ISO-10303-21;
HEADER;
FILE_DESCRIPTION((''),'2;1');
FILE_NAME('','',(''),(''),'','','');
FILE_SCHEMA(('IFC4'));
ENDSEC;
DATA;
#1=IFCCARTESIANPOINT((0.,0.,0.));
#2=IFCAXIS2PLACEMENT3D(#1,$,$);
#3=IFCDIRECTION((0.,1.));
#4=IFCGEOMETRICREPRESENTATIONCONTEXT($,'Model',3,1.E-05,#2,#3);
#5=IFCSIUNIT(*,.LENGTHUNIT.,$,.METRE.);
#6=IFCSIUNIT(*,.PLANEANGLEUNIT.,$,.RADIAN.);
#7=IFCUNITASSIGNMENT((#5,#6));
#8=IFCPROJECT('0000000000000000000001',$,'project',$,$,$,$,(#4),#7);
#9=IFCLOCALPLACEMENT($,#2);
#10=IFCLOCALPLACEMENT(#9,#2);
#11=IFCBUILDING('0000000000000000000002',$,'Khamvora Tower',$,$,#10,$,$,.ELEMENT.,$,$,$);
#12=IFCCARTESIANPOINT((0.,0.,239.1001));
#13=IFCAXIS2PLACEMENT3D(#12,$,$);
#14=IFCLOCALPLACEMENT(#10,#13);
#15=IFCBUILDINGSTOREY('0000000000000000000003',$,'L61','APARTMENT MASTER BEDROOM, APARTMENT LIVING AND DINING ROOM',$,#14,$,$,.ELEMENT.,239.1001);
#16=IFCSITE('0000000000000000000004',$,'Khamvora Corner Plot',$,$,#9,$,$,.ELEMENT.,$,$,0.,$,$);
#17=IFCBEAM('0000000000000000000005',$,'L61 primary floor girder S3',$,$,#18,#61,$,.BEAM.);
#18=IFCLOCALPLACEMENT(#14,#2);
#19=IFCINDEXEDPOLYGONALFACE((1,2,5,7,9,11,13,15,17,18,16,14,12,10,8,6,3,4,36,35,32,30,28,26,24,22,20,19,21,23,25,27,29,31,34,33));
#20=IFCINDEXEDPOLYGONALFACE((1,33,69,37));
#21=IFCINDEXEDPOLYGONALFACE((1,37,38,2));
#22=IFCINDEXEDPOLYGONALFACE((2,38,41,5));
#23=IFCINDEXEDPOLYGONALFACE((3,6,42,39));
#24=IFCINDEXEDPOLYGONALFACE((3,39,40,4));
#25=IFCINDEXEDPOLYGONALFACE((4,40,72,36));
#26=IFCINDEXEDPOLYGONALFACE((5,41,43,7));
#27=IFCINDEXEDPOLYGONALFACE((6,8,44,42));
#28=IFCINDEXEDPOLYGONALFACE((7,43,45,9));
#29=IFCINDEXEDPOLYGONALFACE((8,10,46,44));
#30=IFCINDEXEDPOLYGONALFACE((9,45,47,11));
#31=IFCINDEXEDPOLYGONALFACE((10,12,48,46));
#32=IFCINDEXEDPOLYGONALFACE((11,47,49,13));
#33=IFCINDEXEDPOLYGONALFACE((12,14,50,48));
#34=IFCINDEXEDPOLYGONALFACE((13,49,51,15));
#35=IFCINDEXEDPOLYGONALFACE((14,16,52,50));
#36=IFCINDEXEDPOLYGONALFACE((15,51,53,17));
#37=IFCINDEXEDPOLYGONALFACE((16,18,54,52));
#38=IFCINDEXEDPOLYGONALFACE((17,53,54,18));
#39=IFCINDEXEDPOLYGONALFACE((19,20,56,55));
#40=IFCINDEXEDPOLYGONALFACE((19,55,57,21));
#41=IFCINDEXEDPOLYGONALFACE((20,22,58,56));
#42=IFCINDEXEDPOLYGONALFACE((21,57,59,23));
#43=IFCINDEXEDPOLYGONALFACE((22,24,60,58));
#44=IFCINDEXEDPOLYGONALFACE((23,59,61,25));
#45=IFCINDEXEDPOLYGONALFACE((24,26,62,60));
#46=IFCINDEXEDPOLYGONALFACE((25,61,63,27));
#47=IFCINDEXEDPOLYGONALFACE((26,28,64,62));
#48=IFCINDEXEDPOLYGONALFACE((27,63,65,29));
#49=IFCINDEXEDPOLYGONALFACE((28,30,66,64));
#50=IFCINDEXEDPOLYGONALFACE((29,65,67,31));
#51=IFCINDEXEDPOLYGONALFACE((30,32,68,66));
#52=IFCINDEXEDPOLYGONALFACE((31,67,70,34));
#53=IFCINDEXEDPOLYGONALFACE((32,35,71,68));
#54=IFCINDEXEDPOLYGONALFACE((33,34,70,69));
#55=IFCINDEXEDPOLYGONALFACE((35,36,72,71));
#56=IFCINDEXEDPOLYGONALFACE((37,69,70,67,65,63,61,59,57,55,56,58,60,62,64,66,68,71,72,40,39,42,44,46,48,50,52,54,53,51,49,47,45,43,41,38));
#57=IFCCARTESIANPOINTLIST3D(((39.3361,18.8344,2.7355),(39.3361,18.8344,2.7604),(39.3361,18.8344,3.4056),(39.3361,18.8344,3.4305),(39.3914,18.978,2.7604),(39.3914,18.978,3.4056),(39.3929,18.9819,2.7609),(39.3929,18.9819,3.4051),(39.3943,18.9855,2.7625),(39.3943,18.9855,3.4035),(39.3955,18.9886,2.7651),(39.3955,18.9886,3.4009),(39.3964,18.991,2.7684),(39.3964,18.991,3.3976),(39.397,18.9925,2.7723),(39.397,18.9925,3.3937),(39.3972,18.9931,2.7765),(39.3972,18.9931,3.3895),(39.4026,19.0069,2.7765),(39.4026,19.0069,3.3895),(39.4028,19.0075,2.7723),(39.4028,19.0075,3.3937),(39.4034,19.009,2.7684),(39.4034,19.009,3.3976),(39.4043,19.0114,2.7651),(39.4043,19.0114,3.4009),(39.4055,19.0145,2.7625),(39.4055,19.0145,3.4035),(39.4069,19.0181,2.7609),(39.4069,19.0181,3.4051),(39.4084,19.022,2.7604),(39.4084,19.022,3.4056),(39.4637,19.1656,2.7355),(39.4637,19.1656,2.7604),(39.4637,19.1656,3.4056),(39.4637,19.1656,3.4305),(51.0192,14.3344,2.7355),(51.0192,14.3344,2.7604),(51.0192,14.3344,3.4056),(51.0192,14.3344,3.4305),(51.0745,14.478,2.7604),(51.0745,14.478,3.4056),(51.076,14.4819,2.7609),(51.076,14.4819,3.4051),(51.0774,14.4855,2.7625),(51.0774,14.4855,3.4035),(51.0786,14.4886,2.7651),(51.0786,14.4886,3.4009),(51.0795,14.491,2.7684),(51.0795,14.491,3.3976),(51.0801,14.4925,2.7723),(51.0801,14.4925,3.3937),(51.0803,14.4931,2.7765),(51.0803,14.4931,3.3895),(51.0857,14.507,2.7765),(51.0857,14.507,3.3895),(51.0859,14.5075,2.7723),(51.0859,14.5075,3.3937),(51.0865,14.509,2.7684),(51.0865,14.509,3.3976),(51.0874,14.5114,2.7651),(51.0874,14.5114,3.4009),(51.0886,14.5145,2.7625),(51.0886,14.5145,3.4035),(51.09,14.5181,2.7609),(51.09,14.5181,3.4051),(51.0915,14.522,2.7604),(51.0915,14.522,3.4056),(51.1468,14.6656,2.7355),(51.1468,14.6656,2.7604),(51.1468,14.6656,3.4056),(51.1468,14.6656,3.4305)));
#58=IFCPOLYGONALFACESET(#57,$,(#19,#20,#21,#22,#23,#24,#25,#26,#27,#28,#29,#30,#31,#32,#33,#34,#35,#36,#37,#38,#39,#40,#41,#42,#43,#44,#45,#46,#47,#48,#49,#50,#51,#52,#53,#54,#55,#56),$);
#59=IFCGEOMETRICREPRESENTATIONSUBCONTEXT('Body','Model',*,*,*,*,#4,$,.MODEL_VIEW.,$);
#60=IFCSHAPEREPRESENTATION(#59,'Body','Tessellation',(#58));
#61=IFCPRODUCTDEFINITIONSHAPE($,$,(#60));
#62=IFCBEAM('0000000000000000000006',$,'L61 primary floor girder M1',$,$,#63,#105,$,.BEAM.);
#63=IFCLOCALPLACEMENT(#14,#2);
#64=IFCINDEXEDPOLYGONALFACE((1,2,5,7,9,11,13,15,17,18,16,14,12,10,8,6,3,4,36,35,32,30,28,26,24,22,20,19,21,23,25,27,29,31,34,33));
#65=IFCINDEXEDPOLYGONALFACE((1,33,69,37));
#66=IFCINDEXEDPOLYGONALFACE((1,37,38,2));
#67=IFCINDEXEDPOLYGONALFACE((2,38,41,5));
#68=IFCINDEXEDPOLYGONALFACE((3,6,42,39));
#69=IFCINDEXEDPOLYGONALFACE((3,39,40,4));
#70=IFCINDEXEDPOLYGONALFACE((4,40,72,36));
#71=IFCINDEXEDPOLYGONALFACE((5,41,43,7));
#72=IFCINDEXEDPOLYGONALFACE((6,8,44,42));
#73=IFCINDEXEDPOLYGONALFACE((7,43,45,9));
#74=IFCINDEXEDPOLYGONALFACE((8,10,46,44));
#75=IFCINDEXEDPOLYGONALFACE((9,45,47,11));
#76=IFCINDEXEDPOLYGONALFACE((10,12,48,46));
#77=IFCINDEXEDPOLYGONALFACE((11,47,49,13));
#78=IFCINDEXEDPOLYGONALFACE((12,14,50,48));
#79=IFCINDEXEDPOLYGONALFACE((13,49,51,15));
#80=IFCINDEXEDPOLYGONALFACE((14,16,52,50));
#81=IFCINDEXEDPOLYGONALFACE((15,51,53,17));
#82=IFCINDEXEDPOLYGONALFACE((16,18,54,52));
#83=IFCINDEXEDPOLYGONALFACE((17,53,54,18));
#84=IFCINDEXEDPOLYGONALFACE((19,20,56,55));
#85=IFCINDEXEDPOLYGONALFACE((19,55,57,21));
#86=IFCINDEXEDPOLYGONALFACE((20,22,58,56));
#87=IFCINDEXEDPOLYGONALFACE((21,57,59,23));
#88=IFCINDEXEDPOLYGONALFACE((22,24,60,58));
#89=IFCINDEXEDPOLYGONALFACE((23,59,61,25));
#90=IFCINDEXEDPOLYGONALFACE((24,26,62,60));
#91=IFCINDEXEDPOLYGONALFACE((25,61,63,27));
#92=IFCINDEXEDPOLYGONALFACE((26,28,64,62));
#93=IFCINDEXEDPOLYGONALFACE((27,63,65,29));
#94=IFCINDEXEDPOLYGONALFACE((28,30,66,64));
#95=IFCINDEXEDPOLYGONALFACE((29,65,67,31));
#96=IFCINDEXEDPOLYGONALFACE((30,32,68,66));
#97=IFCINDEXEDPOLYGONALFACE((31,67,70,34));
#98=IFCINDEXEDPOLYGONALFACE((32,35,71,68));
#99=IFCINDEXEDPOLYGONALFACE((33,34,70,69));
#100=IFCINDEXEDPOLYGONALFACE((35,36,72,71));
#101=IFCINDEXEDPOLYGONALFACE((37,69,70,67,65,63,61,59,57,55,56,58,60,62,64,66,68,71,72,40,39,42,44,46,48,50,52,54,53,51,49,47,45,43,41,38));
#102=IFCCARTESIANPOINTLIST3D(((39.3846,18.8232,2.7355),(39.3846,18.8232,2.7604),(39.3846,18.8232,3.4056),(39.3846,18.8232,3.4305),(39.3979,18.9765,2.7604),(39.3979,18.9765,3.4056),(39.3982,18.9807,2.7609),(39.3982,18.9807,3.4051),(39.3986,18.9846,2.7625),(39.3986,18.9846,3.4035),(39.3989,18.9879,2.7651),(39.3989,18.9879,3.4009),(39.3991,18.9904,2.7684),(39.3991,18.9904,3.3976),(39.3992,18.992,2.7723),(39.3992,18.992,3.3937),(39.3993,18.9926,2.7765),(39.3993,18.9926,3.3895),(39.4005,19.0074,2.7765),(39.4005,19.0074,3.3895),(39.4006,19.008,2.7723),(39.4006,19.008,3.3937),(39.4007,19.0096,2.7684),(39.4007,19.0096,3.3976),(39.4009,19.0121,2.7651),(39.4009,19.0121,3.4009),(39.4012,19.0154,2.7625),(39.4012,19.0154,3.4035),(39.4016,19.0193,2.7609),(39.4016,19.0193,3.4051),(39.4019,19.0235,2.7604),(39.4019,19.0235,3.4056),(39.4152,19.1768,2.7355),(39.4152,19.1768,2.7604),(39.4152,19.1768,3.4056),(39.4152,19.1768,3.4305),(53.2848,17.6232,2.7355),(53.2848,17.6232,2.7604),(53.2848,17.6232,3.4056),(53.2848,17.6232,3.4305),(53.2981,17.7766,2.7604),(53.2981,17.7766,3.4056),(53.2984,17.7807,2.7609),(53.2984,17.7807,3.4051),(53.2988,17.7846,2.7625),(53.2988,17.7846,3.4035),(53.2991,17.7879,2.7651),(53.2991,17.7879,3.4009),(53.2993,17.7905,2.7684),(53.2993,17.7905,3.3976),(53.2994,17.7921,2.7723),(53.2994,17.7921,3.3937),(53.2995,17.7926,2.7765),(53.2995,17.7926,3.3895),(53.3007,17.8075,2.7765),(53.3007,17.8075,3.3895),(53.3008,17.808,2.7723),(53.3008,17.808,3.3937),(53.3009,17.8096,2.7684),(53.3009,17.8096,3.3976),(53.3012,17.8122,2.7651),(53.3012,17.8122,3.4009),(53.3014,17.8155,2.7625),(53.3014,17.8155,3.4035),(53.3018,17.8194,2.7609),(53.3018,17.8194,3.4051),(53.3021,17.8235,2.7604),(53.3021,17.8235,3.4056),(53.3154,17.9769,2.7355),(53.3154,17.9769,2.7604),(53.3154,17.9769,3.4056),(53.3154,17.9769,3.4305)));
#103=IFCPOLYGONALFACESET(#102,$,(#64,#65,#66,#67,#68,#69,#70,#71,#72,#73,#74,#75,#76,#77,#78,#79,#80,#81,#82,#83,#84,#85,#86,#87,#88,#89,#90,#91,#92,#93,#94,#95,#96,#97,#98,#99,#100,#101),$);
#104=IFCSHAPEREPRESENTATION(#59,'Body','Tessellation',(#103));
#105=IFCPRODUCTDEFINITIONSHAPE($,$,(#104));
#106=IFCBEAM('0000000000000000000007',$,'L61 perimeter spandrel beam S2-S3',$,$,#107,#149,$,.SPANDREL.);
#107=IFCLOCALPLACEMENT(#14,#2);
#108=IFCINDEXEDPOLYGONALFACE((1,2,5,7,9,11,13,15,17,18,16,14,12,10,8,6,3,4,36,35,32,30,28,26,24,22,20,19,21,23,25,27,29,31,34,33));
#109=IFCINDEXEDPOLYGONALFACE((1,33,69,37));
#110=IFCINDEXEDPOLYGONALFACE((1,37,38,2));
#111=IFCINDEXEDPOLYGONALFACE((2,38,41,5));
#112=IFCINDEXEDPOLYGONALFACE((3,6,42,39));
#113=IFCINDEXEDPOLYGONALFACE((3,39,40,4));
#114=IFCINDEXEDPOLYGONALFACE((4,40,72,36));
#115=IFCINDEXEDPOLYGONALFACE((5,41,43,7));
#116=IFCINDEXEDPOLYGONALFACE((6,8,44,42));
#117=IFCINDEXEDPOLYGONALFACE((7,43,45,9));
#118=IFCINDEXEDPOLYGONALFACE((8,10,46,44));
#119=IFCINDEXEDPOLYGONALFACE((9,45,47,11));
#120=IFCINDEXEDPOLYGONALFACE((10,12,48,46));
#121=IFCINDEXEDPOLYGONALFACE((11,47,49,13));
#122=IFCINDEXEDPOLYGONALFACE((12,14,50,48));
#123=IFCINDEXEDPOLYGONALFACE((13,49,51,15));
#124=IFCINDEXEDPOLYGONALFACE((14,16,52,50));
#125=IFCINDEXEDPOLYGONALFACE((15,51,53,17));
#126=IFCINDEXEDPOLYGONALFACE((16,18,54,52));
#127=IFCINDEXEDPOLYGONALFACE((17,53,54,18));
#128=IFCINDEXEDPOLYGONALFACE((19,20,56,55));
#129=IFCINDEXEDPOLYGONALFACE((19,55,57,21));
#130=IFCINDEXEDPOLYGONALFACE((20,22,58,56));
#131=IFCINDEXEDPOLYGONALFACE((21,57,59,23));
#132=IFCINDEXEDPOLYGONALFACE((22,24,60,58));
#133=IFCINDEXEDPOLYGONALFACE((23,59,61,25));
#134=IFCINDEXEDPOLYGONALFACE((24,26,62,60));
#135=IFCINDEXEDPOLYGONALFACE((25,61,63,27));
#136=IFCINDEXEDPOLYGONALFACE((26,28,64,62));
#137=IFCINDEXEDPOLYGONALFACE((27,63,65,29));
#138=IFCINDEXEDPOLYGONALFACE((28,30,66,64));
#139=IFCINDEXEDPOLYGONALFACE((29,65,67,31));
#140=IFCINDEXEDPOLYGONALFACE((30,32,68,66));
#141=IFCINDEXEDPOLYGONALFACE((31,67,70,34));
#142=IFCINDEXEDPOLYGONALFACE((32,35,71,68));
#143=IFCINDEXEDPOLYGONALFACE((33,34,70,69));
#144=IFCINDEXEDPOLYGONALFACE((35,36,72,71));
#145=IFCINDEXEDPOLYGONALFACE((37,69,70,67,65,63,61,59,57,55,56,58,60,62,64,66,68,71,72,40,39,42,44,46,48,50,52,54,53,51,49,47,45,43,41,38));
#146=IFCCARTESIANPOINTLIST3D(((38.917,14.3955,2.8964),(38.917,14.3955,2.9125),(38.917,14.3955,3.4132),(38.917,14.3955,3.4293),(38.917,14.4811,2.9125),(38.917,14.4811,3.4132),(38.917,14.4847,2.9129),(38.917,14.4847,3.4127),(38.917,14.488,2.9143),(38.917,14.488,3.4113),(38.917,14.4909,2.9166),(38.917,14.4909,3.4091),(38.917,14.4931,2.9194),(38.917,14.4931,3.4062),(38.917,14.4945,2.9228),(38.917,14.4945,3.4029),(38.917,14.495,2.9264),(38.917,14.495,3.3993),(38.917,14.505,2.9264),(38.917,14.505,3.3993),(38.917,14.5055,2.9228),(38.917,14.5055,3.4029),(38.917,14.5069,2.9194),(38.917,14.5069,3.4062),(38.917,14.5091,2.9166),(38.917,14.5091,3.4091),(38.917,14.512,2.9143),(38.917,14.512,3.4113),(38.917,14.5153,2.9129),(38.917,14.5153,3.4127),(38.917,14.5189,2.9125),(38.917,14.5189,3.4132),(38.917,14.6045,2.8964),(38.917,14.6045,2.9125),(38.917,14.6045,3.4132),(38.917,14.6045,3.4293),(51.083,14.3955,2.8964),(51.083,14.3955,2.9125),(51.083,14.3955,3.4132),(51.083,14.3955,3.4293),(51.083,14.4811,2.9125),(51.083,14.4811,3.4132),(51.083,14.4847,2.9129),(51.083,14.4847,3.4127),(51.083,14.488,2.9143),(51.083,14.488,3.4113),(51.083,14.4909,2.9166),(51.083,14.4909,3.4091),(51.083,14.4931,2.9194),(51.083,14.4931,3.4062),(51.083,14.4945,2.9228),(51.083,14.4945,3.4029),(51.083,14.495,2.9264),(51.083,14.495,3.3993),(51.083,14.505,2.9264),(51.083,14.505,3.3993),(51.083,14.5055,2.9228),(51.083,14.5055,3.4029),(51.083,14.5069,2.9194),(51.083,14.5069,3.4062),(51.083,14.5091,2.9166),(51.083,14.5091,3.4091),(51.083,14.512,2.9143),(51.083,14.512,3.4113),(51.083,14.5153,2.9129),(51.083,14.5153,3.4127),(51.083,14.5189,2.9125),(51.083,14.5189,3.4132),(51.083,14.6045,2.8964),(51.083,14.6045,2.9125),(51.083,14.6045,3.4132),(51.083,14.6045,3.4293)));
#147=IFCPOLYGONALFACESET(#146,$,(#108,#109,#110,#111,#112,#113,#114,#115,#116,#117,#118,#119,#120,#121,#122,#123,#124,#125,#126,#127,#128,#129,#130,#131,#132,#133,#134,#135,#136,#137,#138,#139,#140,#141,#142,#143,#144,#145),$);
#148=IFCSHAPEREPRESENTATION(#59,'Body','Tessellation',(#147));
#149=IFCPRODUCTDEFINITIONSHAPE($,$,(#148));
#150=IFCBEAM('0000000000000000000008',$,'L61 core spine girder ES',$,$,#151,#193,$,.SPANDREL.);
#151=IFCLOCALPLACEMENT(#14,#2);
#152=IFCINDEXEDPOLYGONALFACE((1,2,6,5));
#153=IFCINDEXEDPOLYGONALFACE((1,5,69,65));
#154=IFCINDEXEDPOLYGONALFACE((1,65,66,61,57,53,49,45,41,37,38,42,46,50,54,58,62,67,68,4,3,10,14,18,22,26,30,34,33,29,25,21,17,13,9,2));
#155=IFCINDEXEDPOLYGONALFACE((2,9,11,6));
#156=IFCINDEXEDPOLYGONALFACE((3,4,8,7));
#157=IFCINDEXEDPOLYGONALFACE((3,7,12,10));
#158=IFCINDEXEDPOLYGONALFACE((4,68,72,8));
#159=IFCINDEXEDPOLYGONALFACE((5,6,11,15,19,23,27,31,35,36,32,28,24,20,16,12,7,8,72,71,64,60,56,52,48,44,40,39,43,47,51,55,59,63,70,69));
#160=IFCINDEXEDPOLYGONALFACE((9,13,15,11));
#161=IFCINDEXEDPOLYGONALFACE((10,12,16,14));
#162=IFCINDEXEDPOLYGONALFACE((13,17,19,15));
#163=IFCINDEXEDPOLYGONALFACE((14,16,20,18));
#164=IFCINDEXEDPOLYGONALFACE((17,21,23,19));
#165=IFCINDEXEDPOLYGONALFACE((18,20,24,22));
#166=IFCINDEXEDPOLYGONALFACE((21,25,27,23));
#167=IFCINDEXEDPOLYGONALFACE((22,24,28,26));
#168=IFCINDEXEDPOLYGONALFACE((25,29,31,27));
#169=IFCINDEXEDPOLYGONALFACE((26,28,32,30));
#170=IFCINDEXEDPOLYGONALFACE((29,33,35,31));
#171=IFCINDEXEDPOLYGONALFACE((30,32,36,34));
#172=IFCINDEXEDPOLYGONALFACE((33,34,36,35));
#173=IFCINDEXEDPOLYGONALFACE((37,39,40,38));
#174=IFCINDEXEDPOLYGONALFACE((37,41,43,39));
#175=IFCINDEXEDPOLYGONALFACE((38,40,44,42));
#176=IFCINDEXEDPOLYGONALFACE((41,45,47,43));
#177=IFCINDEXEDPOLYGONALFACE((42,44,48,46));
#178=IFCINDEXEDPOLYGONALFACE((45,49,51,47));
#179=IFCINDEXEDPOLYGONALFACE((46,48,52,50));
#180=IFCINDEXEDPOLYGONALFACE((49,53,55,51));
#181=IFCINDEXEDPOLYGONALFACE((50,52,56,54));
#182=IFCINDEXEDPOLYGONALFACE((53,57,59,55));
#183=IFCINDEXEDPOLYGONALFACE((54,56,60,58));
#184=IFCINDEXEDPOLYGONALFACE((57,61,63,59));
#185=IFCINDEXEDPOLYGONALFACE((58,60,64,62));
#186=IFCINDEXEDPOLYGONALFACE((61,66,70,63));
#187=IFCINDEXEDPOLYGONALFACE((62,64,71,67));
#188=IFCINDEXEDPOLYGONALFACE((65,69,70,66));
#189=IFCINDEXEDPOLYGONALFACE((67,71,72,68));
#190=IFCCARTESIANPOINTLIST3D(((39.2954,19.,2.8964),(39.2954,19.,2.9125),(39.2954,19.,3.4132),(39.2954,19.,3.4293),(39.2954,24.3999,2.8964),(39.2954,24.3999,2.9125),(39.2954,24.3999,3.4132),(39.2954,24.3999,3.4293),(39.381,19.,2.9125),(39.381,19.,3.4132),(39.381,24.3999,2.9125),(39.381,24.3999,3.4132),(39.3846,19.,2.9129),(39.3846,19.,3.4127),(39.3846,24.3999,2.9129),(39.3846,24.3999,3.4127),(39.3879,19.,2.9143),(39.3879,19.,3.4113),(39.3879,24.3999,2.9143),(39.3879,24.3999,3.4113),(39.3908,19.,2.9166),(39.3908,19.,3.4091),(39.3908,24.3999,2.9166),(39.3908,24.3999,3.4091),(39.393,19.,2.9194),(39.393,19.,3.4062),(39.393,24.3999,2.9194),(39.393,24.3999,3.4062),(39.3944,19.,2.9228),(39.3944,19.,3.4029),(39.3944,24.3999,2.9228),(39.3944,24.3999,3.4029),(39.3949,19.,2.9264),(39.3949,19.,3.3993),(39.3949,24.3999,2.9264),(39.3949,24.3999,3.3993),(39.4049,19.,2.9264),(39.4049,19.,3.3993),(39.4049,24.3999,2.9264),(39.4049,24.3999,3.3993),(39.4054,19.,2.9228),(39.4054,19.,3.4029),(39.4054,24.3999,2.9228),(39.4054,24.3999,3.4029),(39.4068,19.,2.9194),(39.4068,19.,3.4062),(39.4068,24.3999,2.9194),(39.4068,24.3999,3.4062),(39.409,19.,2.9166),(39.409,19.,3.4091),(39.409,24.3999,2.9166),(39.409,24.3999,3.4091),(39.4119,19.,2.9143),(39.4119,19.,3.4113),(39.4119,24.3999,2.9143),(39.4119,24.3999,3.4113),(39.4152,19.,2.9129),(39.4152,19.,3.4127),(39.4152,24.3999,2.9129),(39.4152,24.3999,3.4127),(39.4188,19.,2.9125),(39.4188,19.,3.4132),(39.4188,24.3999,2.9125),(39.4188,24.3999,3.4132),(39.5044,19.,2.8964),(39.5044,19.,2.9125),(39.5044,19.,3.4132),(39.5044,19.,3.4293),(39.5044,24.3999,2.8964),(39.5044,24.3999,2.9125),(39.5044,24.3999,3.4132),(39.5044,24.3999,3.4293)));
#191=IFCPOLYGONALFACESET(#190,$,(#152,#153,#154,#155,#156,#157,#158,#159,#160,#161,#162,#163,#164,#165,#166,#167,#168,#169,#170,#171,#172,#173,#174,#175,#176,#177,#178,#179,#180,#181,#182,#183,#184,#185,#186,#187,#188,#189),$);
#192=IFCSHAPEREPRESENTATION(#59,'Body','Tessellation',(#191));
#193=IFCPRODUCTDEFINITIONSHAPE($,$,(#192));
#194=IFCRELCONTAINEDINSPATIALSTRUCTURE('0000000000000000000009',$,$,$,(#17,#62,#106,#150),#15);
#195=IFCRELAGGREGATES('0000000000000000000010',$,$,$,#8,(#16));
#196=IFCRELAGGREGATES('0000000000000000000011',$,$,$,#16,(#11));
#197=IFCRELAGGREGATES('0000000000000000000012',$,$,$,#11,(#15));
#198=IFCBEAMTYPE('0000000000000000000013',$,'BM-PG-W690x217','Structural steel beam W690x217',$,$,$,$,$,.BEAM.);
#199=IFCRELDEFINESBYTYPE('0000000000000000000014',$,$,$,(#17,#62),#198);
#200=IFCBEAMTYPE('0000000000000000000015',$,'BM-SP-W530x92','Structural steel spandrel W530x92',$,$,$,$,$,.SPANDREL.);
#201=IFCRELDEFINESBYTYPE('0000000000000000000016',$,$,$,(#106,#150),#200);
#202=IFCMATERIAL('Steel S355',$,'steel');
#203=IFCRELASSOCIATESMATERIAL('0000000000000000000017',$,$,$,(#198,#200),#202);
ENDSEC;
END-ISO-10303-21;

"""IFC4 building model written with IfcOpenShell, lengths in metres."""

from ifc_helpers import new_model, si_unit, direction, frame, origin, origin_2d, place, context, subcontext, project, spatial, i_section, extrude, material, material_profile, profile_set, type_object, element, save


model = new_model("IFC4")

# Units and contexts
model_context = context("Model", 3, precision=1e-05, world=origin(), true_north=direction((0.0, 1.0)))
body_context = subcontext(model_context, "Body", "Model", "MODEL_VIEW")
ifc_project = project(units=[si_unit("LENGTHUNIT", "METRE"), si_unit("PLANEANGLEUNIT", "RADIAN")], contexts=[model_context])

# Site, building, storey
site_placement = place(None, origin())
site = spatial("IfcSite", under=ifc_project, at=site_placement, Name="Khamvora Corner Plot", CompositionType="ELEMENT", RefElevation=0.0)
building_placement = place(site_placement, origin())
building = spatial("IfcBuilding", under=site, at=building_placement, Name="Khamvora Tower", CompositionType="ELEMENT")
storey_placement = place(building_placement, frame((0.0, 0.0, 239.1001)))
storey = spatial("IfcBuildingStorey", under=building, at=storey_placement, Name="L61", Description="APARTMENT MASTER BEDROOM, APARTMENT LIVING AND DINING ROOM", CompositionType="ELEMENT", Elevation=239.1001)

# Shared definitions
ifc_material_1 = material(Name="Steel S355", Category="steel")

# Beams
ifc_material_profile_1 = material_profile(ifc_material_1, i_section(OverallWidth=0.355, OverallDepth=0.6951, WebThickness=0.0149, FlangeThickness=0.0249, FilletRadius=0.0161, at=origin_2d()), Name="W690x217")
ifc_profile_set_1 = profile_set([ifc_material_profile_1], Name="Steel S355")
beam_type_1 = type_object("IfcBeamType", Name="BM-PG-W690x217", Description="Structural steel beam W690x217", PredefinedType="BEAM", material=ifc_profile_set_1)
beam_1_placement = place(storey_placement, frame((39.3999, 19.0, 3.083), z_axis=(0.933172, -0.359431, 0.0), x_axis=(0.359431, 0.933172, 0.0)))
element("IfcBeam", 1, at=beam_1_placement, inside=storey, type_object=beam_type_1, Name="L61 primary floor girder S3", PredefinedType="BEAM", context=body_context, shape_type="SweptSolid", body=[
    extrude(i_section(OverallWidth=0.355, OverallDepth=0.6951, WebThickness=0.0149, FlangeThickness=0.0249, FilletRadius=0.0161, at=origin_2d()), origin(), (0.0, 0.0, 1.0), 12.5198),
])
beam_2_placement = place(storey_placement, frame((39.3999, 19.0, 3.083), z_axis=(0.996295, -0.086007, 0.0), x_axis=(0.086007, 0.996295, 0.0)))
element("IfcBeam", 2, at=beam_2_placement, inside=storey, type_object=beam_type_1, Name="L61 primary floor girder M1", PredefinedType="BEAM", context=body_context, shape_type="SweptSolid", body=[
    extrude(i_section(OverallWidth=0.355, OverallDepth=0.6951, WebThickness=0.0149, FlangeThickness=0.0249, FilletRadius=0.0161, at=origin_2d()), origin(), (0.0, 0.0, 1.0), 13.9519),
])
ifc_material_profile_2 = material_profile(ifc_material_1, i_section(OverallWidth=0.209, OverallDepth=0.533, WebThickness=0.01, FlangeThickness=0.0161, FilletRadius=0.0139, at=origin_2d()), Name="W530x92")
ifc_profile_set_2 = profile_set([ifc_material_profile_2], Name="Steel S355")
beam_type_2 = type_object("IfcBeamType", Name="BM-SP-W530x92", Description="Structural steel spandrel W530x92", PredefinedType="SPANDREL", material=ifc_profile_set_2)
beam_3_placement = place(storey_placement, frame((38.917, 14.5, 3.1628), z_axis=(1.0, 0.0, 0.0), x_axis=(0.0, 1.0, 0.0)))
element("IfcBeam", 3, at=beam_3_placement, inside=storey, type_object=beam_type_2, Name="L61 perimeter spandrel beam S2-S3", PredefinedType="SPANDREL", context=body_context, shape_type="SweptSolid", body=[
    extrude(i_section(OverallWidth=0.209, OverallDepth=0.533, WebThickness=0.01, FlangeThickness=0.0161, FilletRadius=0.0139, at=origin_2d()), origin(), (0.0, 0.0, 1.0), 12.166),
])
beam_4_placement = place(storey_placement, frame((39.3999, 19.0, 3.1628), z_axis=(0.0, 1.0, 0.0), x_axis=(-1.0, 0.0, 0.0)))
element("IfcBeam", 4, at=beam_4_placement, inside=storey, type_object=beam_type_2, Name="L61 core spine girder ES", PredefinedType="SPANDREL", context=body_context, shape_type="SweptSolid", body=[
    extrude(i_section(OverallWidth=0.209, OverallDepth=0.533, WebThickness=0.01, FlangeThickness=0.0161, FilletRadius=0.0139, at=origin_2d()), origin(), (0.0, 0.0, 1.0), 5.3999),
])

save(model, "model.ifc")
